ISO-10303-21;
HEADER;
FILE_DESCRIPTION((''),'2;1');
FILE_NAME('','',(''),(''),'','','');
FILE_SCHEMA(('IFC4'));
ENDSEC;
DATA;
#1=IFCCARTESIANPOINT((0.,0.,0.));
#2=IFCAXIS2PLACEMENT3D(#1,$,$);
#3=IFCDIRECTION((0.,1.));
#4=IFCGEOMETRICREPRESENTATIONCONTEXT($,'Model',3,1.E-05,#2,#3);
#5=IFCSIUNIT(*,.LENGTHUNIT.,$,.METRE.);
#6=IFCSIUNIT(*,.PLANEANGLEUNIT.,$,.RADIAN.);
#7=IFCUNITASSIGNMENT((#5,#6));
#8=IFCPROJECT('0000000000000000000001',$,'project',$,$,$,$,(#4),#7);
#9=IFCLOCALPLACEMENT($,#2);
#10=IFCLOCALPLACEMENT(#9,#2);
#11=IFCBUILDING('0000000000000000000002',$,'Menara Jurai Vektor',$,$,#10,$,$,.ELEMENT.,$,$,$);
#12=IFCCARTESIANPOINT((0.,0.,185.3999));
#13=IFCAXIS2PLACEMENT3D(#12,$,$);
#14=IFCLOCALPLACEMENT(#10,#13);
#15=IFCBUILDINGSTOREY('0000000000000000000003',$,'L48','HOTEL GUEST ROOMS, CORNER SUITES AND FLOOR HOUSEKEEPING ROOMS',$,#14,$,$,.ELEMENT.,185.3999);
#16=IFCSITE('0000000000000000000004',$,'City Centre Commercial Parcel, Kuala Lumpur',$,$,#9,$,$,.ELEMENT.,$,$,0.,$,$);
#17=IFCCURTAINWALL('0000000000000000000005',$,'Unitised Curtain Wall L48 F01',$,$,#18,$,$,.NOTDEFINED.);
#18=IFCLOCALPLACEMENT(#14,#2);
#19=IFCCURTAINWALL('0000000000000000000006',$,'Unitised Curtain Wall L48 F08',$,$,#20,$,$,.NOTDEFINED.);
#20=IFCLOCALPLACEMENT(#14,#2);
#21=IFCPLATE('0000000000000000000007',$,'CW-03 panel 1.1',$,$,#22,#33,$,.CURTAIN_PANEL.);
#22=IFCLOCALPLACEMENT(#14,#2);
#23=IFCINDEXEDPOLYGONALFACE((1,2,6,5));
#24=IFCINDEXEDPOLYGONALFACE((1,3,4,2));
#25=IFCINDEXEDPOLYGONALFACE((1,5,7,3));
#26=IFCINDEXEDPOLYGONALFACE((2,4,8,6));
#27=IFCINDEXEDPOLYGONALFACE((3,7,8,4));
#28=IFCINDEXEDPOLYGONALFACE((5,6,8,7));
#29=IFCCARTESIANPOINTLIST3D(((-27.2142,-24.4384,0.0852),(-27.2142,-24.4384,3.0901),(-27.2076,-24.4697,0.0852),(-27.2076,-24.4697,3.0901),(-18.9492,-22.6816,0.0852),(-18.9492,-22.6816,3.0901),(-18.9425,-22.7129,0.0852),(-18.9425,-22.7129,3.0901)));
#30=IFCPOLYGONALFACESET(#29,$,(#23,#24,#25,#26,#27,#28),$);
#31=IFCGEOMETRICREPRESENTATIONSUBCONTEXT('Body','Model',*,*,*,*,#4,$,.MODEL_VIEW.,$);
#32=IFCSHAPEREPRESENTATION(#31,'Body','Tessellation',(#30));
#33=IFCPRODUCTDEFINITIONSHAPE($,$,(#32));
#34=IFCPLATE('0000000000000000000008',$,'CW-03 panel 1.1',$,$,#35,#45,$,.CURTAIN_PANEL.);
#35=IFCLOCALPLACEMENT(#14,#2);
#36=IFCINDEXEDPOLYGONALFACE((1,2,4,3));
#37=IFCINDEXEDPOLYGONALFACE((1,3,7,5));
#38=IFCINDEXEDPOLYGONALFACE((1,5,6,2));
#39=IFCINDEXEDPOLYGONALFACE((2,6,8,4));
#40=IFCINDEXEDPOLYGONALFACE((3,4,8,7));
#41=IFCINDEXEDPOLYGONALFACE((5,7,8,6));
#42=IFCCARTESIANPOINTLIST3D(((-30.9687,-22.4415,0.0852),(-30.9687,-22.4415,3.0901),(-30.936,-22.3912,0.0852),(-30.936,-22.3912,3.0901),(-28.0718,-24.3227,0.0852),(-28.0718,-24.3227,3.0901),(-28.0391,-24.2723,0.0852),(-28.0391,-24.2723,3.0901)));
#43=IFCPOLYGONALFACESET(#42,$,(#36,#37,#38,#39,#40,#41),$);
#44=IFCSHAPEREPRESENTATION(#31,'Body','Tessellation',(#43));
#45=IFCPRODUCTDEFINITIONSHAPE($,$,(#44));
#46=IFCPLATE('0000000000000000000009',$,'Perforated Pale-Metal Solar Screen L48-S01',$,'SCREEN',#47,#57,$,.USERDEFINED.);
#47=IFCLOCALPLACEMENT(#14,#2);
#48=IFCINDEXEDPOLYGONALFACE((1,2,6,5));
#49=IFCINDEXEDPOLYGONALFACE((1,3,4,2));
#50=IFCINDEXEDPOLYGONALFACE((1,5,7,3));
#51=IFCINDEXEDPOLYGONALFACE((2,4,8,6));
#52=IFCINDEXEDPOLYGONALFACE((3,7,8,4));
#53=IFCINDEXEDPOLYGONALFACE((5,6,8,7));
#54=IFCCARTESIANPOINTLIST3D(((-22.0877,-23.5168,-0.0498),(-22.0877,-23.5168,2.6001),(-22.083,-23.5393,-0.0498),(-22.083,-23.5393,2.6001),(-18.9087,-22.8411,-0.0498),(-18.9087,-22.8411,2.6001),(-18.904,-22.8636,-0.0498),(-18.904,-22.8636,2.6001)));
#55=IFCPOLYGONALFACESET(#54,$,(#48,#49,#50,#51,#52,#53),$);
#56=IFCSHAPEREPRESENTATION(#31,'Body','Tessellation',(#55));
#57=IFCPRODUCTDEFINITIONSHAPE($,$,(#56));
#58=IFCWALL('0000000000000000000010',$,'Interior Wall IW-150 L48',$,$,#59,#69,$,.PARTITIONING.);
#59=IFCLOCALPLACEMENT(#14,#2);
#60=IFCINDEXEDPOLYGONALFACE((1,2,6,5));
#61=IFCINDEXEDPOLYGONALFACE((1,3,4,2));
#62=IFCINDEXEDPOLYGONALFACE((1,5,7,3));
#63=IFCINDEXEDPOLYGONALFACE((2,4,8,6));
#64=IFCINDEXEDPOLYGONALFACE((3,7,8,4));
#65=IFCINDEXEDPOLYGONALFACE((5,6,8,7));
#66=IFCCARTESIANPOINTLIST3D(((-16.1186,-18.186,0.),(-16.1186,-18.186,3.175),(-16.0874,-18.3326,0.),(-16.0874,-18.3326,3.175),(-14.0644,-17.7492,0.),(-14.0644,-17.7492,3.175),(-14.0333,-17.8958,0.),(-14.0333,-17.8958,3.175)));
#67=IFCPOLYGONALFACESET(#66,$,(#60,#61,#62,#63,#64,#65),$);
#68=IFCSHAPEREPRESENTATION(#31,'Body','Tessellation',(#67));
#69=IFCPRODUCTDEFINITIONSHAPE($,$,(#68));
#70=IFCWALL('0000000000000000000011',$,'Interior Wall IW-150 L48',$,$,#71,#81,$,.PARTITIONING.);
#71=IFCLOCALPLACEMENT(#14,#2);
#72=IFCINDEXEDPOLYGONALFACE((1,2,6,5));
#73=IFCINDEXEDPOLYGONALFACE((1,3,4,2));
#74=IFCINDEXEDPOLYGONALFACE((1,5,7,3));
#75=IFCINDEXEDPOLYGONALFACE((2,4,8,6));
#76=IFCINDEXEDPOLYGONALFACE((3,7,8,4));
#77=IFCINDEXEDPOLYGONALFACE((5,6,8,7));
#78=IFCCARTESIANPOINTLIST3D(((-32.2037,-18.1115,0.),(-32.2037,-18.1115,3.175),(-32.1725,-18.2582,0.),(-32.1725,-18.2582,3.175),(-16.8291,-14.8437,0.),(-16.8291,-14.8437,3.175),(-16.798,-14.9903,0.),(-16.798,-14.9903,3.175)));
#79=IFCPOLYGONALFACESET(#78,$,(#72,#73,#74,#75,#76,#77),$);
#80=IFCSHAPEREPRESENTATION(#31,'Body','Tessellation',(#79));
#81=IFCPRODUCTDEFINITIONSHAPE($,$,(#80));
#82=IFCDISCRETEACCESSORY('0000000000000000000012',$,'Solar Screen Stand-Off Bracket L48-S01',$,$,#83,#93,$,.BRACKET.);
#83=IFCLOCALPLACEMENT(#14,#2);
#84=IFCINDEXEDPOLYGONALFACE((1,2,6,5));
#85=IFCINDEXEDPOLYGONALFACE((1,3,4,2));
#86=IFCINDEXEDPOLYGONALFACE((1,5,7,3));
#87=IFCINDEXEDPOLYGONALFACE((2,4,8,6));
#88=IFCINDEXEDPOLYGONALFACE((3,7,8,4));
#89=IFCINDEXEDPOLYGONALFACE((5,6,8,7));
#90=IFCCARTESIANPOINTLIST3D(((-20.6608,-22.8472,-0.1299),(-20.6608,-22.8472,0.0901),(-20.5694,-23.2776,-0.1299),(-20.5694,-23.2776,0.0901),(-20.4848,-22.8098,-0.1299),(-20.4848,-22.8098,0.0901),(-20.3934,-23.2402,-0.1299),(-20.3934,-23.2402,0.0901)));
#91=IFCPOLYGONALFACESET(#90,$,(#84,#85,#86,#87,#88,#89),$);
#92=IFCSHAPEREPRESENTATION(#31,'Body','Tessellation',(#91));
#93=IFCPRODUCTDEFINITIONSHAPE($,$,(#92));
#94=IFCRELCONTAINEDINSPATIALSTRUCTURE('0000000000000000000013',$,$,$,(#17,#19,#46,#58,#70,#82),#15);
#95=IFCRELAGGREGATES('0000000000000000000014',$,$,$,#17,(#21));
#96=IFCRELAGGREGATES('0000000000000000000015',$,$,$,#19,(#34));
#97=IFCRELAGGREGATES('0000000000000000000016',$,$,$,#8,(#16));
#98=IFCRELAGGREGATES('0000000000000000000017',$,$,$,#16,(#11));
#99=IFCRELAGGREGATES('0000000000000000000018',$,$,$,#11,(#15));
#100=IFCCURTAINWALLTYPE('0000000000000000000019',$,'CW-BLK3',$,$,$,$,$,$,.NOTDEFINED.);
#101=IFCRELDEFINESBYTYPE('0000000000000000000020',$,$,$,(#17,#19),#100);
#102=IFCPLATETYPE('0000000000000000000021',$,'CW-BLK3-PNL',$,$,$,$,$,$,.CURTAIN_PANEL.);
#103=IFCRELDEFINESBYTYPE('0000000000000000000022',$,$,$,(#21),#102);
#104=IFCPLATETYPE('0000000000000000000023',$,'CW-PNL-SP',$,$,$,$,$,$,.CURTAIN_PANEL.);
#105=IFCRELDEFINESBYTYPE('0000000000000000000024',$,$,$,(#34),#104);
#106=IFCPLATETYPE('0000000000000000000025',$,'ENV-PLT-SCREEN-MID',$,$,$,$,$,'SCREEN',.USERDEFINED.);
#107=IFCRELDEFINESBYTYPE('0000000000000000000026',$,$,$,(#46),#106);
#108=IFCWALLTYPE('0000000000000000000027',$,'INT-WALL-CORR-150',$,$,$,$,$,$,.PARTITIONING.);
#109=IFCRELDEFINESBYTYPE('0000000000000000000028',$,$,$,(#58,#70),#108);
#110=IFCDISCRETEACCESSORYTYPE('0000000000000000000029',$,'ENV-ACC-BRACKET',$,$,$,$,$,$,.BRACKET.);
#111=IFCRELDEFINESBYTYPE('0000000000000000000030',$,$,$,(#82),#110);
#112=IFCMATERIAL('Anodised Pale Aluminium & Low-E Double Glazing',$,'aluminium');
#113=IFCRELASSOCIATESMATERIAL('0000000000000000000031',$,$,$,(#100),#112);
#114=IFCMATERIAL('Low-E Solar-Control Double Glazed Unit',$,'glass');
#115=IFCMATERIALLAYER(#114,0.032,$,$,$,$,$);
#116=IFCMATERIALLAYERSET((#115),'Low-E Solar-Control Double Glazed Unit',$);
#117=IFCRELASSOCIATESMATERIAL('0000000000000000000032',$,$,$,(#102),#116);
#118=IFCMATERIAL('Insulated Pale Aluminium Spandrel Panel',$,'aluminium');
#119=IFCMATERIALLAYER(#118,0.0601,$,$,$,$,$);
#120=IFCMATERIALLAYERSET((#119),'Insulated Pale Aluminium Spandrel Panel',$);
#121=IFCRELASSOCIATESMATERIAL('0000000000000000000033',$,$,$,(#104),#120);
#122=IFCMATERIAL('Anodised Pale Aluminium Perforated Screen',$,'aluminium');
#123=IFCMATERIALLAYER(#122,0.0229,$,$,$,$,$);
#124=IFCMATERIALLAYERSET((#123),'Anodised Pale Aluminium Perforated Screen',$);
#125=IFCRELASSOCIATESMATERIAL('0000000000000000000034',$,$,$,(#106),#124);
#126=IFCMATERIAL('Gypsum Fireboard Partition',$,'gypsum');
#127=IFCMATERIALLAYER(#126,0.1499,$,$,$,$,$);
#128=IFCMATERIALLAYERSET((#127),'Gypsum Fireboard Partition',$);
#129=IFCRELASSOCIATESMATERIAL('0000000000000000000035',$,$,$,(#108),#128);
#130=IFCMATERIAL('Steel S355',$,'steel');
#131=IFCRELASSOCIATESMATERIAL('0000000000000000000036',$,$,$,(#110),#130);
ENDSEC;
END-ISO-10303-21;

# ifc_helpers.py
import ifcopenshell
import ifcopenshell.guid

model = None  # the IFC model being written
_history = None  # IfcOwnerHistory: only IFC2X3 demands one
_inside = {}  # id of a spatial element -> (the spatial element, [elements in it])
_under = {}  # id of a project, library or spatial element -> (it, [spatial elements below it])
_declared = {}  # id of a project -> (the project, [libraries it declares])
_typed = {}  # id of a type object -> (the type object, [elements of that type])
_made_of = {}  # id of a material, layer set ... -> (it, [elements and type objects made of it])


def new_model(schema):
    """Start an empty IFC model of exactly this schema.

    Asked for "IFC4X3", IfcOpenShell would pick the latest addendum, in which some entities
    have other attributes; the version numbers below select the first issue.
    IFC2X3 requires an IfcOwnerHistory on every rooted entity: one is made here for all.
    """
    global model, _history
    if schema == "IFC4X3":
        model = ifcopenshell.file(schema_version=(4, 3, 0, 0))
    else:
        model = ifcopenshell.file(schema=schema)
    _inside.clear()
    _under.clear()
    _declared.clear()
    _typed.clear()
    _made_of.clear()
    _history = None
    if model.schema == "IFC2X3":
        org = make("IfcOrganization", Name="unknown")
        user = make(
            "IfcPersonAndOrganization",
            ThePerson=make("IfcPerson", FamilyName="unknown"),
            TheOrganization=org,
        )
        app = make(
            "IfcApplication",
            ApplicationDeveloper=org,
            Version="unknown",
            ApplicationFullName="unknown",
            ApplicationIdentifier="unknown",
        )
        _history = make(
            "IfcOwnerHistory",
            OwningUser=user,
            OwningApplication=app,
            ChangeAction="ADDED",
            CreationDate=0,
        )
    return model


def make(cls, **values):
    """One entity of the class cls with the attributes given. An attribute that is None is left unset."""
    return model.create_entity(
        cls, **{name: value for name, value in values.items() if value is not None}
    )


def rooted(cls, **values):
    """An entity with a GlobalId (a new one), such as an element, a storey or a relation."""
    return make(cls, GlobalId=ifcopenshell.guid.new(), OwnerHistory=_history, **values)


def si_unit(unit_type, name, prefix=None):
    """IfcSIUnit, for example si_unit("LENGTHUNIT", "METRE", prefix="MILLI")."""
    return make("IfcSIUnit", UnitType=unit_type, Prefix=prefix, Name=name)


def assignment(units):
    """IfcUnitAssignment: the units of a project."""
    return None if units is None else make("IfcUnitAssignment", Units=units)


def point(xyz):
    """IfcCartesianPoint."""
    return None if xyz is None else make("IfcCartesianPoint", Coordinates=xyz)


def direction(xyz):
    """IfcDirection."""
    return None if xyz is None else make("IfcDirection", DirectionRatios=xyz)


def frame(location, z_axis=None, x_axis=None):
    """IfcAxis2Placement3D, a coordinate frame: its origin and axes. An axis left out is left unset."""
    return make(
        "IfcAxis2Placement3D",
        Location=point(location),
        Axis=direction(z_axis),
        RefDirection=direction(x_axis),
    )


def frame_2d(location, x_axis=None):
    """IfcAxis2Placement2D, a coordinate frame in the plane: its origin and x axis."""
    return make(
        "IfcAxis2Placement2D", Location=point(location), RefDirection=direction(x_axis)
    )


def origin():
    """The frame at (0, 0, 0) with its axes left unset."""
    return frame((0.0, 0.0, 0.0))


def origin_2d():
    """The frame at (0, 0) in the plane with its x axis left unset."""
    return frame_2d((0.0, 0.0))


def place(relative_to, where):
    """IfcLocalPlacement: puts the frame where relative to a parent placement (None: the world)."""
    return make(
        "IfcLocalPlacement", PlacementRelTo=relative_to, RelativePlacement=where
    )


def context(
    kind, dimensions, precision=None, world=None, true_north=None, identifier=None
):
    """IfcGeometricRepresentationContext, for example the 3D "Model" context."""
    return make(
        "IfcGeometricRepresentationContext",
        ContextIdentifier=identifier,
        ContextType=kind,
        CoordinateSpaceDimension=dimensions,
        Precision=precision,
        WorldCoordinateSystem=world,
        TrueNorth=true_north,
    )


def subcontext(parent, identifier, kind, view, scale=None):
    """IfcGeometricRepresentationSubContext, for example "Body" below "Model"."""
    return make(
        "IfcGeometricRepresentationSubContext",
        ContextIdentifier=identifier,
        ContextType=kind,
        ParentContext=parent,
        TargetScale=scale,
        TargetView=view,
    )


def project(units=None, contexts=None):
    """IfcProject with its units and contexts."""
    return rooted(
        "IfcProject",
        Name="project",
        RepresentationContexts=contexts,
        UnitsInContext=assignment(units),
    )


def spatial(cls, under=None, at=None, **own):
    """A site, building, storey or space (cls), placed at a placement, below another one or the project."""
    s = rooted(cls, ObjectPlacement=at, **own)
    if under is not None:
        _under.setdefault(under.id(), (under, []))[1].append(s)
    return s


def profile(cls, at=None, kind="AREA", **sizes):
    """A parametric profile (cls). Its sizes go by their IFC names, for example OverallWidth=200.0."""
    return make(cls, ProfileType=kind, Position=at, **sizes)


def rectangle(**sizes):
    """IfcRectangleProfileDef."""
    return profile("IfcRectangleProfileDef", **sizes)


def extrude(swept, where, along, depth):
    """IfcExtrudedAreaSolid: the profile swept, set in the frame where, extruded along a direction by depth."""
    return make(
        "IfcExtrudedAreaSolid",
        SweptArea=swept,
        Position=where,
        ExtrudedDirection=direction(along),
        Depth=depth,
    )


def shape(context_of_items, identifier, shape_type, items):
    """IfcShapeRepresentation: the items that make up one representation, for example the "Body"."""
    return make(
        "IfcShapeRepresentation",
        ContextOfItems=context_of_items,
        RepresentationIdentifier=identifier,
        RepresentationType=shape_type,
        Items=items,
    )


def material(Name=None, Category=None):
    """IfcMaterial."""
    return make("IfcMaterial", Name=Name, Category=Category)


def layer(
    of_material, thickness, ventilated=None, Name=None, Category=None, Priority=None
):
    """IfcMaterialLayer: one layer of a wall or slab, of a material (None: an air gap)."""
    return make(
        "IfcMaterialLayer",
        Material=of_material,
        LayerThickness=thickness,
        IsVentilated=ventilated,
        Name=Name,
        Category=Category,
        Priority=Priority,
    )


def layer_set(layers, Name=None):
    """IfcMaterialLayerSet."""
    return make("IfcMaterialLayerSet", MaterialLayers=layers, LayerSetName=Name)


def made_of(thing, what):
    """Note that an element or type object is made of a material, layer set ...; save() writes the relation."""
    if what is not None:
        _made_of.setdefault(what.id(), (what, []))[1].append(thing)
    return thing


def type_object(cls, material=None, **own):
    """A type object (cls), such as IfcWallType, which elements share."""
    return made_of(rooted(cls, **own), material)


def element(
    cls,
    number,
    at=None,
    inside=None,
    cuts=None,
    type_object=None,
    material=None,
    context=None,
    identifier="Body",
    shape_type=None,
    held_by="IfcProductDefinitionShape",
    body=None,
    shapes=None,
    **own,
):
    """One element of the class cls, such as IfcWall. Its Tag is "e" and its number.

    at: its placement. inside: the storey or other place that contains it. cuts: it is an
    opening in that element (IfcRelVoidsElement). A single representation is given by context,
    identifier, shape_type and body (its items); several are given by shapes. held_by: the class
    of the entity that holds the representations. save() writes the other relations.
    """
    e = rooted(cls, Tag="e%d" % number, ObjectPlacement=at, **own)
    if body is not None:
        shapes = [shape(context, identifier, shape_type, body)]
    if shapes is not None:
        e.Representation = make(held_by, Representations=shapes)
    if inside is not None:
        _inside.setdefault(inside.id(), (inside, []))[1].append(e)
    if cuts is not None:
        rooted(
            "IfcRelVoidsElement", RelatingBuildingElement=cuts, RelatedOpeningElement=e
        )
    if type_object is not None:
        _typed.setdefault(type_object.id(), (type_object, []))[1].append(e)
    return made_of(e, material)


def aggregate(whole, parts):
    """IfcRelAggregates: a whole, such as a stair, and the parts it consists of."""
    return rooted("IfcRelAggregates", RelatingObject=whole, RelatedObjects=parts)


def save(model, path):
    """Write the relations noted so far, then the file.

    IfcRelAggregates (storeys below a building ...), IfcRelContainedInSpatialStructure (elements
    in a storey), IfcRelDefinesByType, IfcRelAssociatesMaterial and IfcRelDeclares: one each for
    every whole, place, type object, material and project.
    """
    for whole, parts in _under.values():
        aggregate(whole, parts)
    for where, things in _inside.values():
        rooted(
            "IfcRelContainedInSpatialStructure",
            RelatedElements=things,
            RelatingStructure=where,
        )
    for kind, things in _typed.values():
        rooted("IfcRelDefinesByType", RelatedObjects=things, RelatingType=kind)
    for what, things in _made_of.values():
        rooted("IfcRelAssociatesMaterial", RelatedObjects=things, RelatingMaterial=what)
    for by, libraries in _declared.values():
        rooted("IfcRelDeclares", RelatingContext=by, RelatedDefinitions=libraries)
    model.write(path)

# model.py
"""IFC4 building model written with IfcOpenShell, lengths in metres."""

from ifc_helpers import new_model, si_unit, direction, frame, frame_2d, origin, origin_2d, place, context, subcontext, project, spatial, rectangle, extrude, material, layer, layer_set, type_object, element, aggregate, save


model = new_model("IFC4")

# Units and contexts
model_context = context("Model", 3, precision=1e-05, world=origin(), true_north=direction((0.0, 1.0)))
body_context = subcontext(model_context, "Body", "Model", "MODEL_VIEW")
ifc_project = project(units=[si_unit("LENGTHUNIT", "METRE"), si_unit("PLANEANGLEUNIT", "RADIAN")], contexts=[model_context])

# Site, building, storey
site_placement = place(None, origin())
site = spatial("IfcSite", under=ifc_project, at=site_placement, Name="City Centre Commercial Parcel, Kuala Lumpur", CompositionType="ELEMENT", RefElevation=0.0)
building_placement = place(site_placement, origin())
building = spatial("IfcBuilding", under=site, at=building_placement, Name="Menara Jurai Vektor", CompositionType="ELEMENT")
storey_placement = place(building_placement, frame((0.0, 0.0, 185.3999)))
storey = spatial("IfcBuildingStorey", under=building, at=storey_placement, Name="L48", Description="HOTEL GUEST ROOMS, CORNER SUITES AND FLOOR HOUSEKEEPING ROOMS", CompositionType="ELEMENT", Elevation=185.3999)

# Curtain wall
ifc_material_1 = material(Name="Anodised Pale Aluminium & Low-E Double Glazing", Category="aluminium")
curtain_wall_type = type_object("IfcCurtainWallType", Name="CW-BLK3", PredefinedType="NOTDEFINED", material=ifc_material_1)
curtain_wall_1_placement = place(storey_placement, origin())
curtain_wall_1 = element("IfcCurtainWall", 1, at=curtain_wall_1_placement, inside=storey, type_object=curtain_wall_type, Name="Unitised Curtain Wall L48 F01", PredefinedType="NOTDEFINED")

# Curtain wall
curtain_wall_2_placement = place(storey_placement, origin())
curtain_wall_2 = element("IfcCurtainWall", 2, at=curtain_wall_2_placement, inside=storey, type_object=curtain_wall_type, Name="Unitised Curtain Wall L48 F08", PredefinedType="NOTDEFINED")

# Shared definitions
ifc_material_2 = material(Name="Steel S355", Category="steel")

# Plates
ifc_material_3 = material(Name="Low-E Solar-Control Double Glazed Unit", Category="glass")
ifc_layer_1 = layer(ifc_material_3, 0.032)
ifc_layer_set_1 = layer_set([ifc_layer_1], Name="Low-E Solar-Control Double Glazed Unit")
plate_type_1 = type_object("IfcPlateType", Name="CW-BLK3-PNL", PredefinedType="CURTAIN_PANEL", material=ifc_layer_set_1)
plate_1_placement = place(storey_placement, frame((-23.0784, -23.5757, 0.0852), z_axis=(0.0, 0.0, 1.0), x_axis=(0.978148, 0.207911, 0.0)))
plate_1 = element("IfcPlate", 3, at=plate_1_placement, type_object=plate_type_1, Name="CW-03 panel 1.1", PredefinedType="CURTAIN_PANEL", context=body_context, shape_type="SweptSolid", body=[
    extrude(rectangle(XDim=8.4497, YDim=0.032, at=origin_2d()), origin(), (0.0, 0.0, 1.0), 3.0049),
])
aggregate(curtain_wall_1, [plate_1])
ifc_material_4 = material(Name="Insulated Pale Aluminium Spandrel Panel", Category="aluminium")
ifc_layer_2 = layer(ifc_material_4, 0.0601)
ifc_layer_set_2 = layer_set([ifc_layer_2], Name="Insulated Pale Aluminium Spandrel Panel")
plate_type_2 = type_object("IfcPlateType", Name="CW-PNL-SP", PredefinedType="CURTAIN_PANEL", material=ifc_layer_set_2)
plate_2_placement = place(storey_placement, frame((-29.5039, -23.3569, 0.0852), z_axis=(0.0, 0.0, 1.0), x_axis=(0.838684, -0.544618, 0.0)))
plate_2 = element("IfcPlate", 4, at=plate_2_placement, type_object=plate_type_2, Name="CW-03 panel 1.1", PredefinedType="CURTAIN_PANEL", context=body_context, shape_type="SweptSolid", body=[
    extrude(rectangle(XDim=3.4541, YDim=0.0601, at=origin_2d()), origin(), (0.0, 0.0, 1.0), 3.0049),
])
aggregate(curtain_wall_2, [plate_2])
ifc_material_5 = material(Name="Anodised Pale Aluminium Perforated Screen", Category="aluminium")
ifc_layer_3 = layer(ifc_material_5, 0.0229)
ifc_layer_set_3 = layer_set([ifc_layer_3], Name="Anodised Pale Aluminium Perforated Screen")
plate_type_3 = type_object("IfcPlateType", Name="ENV-PLT-SCREEN-MID", ElementType="SCREEN", PredefinedType="USERDEFINED", material=ifc_layer_set_3)
plate_3_placement = place(storey_placement, frame((-20.4958, -23.1902, -0.0498), z_axis=(0.0, 0.0, 1.0), x_axis=(0.978148, 0.207912, 0.0)))
element("IfcPlate", 5, at=plate_3_placement, inside=storey, type_object=plate_type_3, Name="Perforated Pale-Metal Solar Screen L48-S01", ObjectType="SCREEN", PredefinedType="USERDEFINED", context=body_context, shape_type="SweptSolid", body=[
    extrude(rectangle(XDim=3.25, YDim=0.0229, at=origin_2d()), origin(), (0.0, 0.0, 1.0), 2.6499),
])

# Walls
ifc_material_6 = material(Name="Gypsum Fireboard Partition", Category="gypsum")
ifc_layer_4 = layer(ifc_material_6, 0.1499)
ifc_layer_set_4 = layer_set([ifc_layer_4], Name="Gypsum Fireboard Partition")
wall_type = type_object("IfcWallType", Name="INT-WALL-CORR-150", PredefinedType="PARTITIONING", material=ifc_layer_set_4)
wall_1_placement = place(storey_placement, frame((-16.103, -18.2593, 0.0), z_axis=(0.0, 0.0, 1.0), x_axis=(0.978135, 0.207973, 0.0)))
element("IfcWall", 6, at=wall_1_placement, inside=storey, type_object=wall_type, Name="Interior Wall IW-150 L48", PredefinedType="PARTITIONING", context=body_context, shape_type="SweptSolid", body=[
    extrude(rectangle(XDim=2.1001, YDim=0.1499, at=frame_2d((1.05, 0.0))), origin(), (0.0, 0.0, 1.0), 3.175),
])
wall_2_placement = place(storey_placement, frame((-32.188, -18.1848, 0.0), z_axis=(0.0, 0.0, 1.0), x_axis=(0.978149, 0.207904, 0.0)))
element("IfcWall", 7, at=wall_2_placement, inside=storey, type_object=wall_type, Name="Interior Wall IW-150 L48", PredefinedType="PARTITIONING", context=body_context, shape_type="SweptSolid", body=[
    extrude(rectangle(XDim=15.718, YDim=0.1499, at=frame_2d((7.8589, 0.0))), origin(), (0.0, 0.0, 1.0), 3.175),
])

# Discrete accessory
discrete_accessory_type = type_object("IfcDiscreteAccessoryType", Name="ENV-ACC-BRACKET", PredefinedType="BRACKET", material=ifc_material_2)
discrete_accessory_placement = place(storey_placement, frame((-20.5271, -23.0437, -0.1299), z_axis=(0.0, 0.0, 1.0), x_axis=(0.978148, 0.207912, 0.0)))
element("IfcDiscreteAccessory", 8, at=discrete_accessory_placement, inside=storey, type_object=discrete_accessory_type, Name="Solar Screen Stand-Off Bracket L48-S01", PredefinedType="BRACKET", context=body_context, shape_type="SweptSolid", body=[
    extrude(rectangle(XDim=0.1799, YDim=0.4399, at=origin_2d()), origin(), (0.0, 0.0, 1.0), 0.22),
])

save(model, "model.ifc")
